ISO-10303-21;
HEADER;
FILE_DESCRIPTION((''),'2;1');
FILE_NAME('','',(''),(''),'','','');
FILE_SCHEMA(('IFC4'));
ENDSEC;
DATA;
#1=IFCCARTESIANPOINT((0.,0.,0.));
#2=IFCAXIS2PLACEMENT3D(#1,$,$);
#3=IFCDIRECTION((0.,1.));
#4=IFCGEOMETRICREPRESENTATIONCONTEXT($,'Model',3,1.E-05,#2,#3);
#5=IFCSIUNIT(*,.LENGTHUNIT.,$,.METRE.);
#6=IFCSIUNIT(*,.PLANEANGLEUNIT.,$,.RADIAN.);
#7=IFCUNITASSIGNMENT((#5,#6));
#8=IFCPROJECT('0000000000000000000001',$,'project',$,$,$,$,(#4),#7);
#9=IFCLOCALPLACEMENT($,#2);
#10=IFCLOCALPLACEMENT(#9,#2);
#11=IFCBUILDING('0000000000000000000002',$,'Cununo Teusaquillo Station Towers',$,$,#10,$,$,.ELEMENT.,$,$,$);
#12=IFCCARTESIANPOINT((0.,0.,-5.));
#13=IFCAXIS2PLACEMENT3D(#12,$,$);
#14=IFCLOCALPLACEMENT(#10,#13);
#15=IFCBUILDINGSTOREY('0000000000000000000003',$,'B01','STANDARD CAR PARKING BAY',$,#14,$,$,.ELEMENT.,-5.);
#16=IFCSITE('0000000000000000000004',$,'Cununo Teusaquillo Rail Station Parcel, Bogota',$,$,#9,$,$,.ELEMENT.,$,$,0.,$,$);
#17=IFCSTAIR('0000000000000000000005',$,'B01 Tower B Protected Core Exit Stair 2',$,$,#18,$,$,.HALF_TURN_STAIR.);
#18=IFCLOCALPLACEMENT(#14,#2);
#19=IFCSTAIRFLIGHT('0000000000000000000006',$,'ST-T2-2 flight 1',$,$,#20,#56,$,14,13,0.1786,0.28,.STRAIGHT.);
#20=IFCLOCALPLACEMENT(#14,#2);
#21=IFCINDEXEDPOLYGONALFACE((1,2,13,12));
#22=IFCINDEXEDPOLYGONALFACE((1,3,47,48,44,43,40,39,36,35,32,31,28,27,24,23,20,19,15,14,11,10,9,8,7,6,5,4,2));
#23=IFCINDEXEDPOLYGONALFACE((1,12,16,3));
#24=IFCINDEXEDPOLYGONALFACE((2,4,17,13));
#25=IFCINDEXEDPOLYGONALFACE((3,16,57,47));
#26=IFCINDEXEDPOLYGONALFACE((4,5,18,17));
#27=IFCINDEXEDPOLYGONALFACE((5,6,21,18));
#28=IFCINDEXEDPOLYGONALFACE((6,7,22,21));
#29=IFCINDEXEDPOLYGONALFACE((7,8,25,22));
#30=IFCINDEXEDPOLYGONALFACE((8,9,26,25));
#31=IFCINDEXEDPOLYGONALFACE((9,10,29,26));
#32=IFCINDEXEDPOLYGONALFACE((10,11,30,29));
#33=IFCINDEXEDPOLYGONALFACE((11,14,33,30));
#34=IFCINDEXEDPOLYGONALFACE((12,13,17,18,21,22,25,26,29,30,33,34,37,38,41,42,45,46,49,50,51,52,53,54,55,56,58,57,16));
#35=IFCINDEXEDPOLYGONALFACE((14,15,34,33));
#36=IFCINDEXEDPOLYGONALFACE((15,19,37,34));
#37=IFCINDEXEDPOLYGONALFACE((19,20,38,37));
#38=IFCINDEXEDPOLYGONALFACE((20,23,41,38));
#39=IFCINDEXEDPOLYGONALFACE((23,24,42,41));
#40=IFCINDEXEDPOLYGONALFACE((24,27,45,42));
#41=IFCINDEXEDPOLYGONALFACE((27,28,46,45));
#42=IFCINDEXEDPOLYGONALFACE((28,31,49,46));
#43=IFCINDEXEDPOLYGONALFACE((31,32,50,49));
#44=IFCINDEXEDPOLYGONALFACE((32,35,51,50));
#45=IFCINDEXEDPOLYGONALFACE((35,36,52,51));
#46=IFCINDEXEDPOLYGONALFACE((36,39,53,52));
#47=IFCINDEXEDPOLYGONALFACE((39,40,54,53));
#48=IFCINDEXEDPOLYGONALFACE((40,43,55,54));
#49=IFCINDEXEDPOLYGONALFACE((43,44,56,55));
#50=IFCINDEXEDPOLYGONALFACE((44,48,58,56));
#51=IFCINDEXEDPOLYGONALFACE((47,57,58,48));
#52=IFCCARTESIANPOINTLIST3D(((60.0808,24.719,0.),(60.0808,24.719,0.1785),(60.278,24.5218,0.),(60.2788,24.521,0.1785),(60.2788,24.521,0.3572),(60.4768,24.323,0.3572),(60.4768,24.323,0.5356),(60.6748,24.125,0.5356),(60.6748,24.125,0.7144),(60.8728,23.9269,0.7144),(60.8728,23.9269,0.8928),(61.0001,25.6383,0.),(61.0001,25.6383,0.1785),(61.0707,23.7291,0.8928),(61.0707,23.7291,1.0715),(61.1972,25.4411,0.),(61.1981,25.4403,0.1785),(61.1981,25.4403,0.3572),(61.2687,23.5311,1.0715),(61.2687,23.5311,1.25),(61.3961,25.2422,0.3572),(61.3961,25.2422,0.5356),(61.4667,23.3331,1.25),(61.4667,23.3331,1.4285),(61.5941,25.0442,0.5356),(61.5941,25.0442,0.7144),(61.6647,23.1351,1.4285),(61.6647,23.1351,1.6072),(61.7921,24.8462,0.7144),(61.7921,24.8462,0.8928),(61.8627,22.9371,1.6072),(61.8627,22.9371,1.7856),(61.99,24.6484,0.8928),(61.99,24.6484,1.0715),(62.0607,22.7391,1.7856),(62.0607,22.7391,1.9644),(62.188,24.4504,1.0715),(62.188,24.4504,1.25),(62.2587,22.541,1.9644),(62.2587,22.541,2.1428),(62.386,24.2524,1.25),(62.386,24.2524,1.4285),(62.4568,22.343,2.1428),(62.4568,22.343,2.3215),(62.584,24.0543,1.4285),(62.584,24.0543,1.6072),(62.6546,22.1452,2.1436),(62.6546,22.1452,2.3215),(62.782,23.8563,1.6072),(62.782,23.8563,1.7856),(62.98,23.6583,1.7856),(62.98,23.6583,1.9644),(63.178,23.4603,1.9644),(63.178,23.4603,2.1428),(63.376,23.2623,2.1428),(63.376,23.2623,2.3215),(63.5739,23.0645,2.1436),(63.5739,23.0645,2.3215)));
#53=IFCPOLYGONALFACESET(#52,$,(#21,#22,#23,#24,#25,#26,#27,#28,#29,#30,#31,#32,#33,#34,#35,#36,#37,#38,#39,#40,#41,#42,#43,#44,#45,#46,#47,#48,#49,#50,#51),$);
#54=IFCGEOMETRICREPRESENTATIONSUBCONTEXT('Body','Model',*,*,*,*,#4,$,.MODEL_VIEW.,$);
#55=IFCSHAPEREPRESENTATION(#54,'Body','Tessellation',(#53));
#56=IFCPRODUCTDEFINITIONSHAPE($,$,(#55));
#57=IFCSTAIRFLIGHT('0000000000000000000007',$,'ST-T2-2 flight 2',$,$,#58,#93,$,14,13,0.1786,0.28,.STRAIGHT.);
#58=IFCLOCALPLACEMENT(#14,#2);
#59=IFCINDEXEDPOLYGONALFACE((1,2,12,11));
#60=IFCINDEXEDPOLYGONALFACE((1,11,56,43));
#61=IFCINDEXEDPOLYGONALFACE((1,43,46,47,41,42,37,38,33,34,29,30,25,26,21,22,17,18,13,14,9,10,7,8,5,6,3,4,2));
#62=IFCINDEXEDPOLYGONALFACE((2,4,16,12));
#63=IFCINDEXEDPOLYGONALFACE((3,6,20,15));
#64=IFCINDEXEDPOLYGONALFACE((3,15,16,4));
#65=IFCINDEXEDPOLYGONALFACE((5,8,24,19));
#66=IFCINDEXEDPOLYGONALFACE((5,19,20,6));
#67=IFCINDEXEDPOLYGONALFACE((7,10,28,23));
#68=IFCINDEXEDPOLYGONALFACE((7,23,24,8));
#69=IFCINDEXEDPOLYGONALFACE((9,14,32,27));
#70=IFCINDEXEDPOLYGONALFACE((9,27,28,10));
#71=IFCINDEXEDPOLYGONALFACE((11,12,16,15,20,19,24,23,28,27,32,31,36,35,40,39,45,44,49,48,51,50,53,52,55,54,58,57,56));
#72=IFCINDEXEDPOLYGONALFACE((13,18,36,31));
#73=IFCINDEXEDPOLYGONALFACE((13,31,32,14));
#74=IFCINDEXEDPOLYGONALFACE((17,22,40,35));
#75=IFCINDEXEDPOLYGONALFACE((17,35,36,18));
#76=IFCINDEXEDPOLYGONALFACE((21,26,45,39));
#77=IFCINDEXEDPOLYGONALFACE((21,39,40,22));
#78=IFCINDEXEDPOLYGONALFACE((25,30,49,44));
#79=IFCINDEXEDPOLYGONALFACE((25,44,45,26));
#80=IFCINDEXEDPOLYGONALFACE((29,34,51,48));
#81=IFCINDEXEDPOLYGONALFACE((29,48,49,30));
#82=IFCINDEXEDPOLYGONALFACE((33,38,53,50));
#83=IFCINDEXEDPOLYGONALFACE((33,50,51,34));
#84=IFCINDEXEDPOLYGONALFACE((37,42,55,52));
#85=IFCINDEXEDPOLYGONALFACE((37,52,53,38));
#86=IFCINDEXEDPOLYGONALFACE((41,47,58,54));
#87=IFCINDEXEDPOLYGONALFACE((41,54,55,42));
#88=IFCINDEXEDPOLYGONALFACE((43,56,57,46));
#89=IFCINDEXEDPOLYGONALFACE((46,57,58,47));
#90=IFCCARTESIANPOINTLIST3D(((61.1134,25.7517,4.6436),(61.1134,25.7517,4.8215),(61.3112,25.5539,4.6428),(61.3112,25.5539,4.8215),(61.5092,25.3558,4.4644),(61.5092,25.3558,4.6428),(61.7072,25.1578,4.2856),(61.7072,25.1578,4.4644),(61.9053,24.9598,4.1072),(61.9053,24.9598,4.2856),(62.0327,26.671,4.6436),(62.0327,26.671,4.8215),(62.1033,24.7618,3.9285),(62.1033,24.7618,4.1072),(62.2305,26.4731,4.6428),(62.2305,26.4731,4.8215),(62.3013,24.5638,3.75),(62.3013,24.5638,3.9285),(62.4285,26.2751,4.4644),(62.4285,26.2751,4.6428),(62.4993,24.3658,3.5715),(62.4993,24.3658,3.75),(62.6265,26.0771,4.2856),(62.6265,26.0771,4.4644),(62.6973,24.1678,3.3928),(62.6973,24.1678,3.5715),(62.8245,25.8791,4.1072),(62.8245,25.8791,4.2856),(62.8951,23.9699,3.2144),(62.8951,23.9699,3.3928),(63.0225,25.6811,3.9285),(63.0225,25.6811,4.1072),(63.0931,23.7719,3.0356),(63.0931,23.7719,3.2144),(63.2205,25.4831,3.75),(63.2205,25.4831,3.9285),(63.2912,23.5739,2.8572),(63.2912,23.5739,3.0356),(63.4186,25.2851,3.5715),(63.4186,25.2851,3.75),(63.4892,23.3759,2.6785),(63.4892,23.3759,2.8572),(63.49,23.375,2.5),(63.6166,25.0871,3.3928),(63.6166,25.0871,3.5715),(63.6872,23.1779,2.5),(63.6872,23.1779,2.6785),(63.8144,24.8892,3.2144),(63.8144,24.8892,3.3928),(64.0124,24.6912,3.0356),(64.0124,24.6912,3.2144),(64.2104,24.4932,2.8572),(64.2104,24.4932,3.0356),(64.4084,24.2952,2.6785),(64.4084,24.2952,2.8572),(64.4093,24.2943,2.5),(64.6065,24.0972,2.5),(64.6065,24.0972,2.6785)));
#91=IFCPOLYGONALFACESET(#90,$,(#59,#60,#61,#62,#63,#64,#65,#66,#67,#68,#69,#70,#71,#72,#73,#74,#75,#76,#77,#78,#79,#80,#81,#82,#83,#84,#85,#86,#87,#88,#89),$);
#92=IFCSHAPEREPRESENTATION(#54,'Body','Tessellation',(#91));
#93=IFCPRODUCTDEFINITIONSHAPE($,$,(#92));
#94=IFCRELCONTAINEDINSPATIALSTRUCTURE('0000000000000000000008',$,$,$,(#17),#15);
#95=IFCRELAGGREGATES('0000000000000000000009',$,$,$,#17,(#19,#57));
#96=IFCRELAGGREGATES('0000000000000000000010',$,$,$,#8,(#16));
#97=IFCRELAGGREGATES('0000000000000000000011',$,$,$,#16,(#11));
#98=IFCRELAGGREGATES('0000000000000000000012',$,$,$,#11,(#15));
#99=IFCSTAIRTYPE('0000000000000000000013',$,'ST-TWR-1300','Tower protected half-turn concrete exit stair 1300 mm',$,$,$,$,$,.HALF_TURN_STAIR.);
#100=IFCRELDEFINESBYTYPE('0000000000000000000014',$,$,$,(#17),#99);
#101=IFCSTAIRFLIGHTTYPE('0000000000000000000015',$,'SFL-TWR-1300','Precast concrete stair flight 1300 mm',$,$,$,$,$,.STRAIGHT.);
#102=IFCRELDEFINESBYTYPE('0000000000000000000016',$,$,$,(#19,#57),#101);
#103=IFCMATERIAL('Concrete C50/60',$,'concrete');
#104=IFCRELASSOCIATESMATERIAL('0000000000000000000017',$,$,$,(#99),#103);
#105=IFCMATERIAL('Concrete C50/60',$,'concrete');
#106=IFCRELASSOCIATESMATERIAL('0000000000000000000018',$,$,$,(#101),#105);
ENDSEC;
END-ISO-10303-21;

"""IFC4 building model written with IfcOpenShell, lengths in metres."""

from ifc_helpers import new_model, si_unit, direction, frame, origin, place, context, subcontext, project, spatial, polyline, outline, extrude, material, type_object, element, aggregate, save


model = new_model("IFC4")

# Units and contexts
model_context = context("Model", 3, precision=1e-05, world=origin(), true_north=direction((0.0, 1.0)))
body_context = subcontext(model_context, "Body", "Model", "MODEL_VIEW")
ifc_project = project(units=[si_unit("LENGTHUNIT", "METRE"), si_unit("PLANEANGLEUNIT", "RADIAN")], contexts=[model_context])

# Site, building, storey
site_placement = place(None, origin())
site = spatial("IfcSite", under=ifc_project, at=site_placement, Name="Cununo Teusaquillo Rail Station Parcel, Bogota", CompositionType="ELEMENT", RefElevation=0.0)
building_placement = place(site_placement, origin())
building = spatial("IfcBuilding", under=site, at=building_placement, Name="Cununo Teusaquillo Station Towers", CompositionType="ELEMENT")
storey_placement = place(building_placement, frame((0.0, 0.0, -5.0)))
storey = spatial("IfcBuildingStorey", under=building, at=storey_placement, Name="B01", Description="STANDARD CAR PARKING BAY", CompositionType="ELEMENT", Elevation=-5.0)

# Stair, stair flights
ifc_material_1 = material(Name="Concrete C50/60", Category="concrete")
stair_type = type_object("IfcStairType", Name="ST-TWR-1300", Description="Tower protected half-turn concrete exit stair 1300 mm", PredefinedType="HALF_TURN_STAIR", material=ifc_material_1)
stair_placement = place(storey_placement, origin())
stair = element("IfcStair", 1, at=stair_placement, inside=storey, type_object=stair_type, Name="B01 Tower B Protected Core Exit Stair 2", PredefinedType="HALF_TURN_STAIR")
ifc_material_2 = material(Name="Concrete C50/60", Category="concrete")
stair_flight_type = type_object("IfcStairFlightType", Name="SFL-TWR-1300", Description="Precast concrete stair flight 1300 mm", PredefinedType="STRAIGHT", material=ifc_material_2)
stair_flight_1_placement = place(storey_placement, frame((60.5405, 25.1787, 0.0), z_axis=(0.0, 0.0, 1.0), x_axis=(0.707107, -0.707107, 0.0)))
stair_flight_1 = element("IfcStairFlight", 2, at=stair_flight_1_placement, type_object=stair_flight_type, Name="ST-T2-2 flight 1", NumberOfRisers=14, NumberOfTreads=13, PredefinedType="STRAIGHT", RiserHeight=0.1786, TreadLength=0.28, context=body_context, shape_type="SweptSolid", body=[
    extrude(outline(polyline([(0.0, 0.0), (0.0, 0.1785), (0.28, 0.1785), (0.28, 0.3572), (0.5601, 0.3572), (0.5601, 0.5356), (0.8401, 0.5356), (0.8401, 0.7144), (1.1201, 0.7144), (1.1201, 0.8928), (1.3999, 0.8928), (1.3999, 1.0715), (1.6799, 1.0715), (1.6799, 1.25), (1.96, 1.25), (1.96, 1.4285), (2.24, 1.4285), (2.24, 1.6072), (2.52, 1.6072), (2.52, 1.7856), (2.8, 1.7856), (2.8, 1.9644), (3.0801, 1.9644), (3.0801, 2.1428), (3.3601, 2.1428), (3.3601, 2.3215), (3.6399, 2.3215), (3.6399, 2.5), (3.6399, 2.1436), (0.2788, 0.0), (0.0, 0.0)])), frame((0.0, 0.6499, 0.0), z_axis=(0.0, -1.0, 0.0), x_axis=(1.0, 0.0, 0.0)), (0.0, 0.0, 1.0), 1.3),
])
stair_flight_2_placement = place(storey_placement, frame((64.1467, 23.6375, 2.5), z_axis=(0.0, 0.0, 1.0), x_axis=(-0.707107, 0.707107, 0.0)))
stair_flight_2 = element("IfcStairFlight", 3, at=stair_flight_2_placement, type_object=stair_flight_type, Name="ST-T2-2 flight 2", NumberOfRisers=14, NumberOfTreads=13, PredefinedType="STRAIGHT", RiserHeight=0.1786, TreadLength=0.28, context=body_context, shape_type="SweptSolid", body=[
    extrude(outline(polyline([(0.0, 0.0), (0.0, 0.1785), (0.28, 0.1785), (0.28, 0.3572), (0.5601, 0.3572), (0.5601, 0.5356), (0.8401, 0.5356), (0.8401, 0.7144), (1.1201, 0.7144), (1.1201, 0.8928), (1.3999, 0.8928), (1.3999, 1.0715), (1.6799, 1.0715), (1.6799, 1.25), (1.96, 1.25), (1.96, 1.4285), (2.24, 1.4285), (2.24, 1.6072), (2.52, 1.6072), (2.52, 1.7856), (2.8, 1.7856), (2.8, 1.9644), (3.0801, 1.9644), (3.0801, 2.1428), (3.3601, 2.1428), (3.3601, 2.3215), (3.6399, 2.3215), (3.6399, 2.5), (3.6399, 2.1436), (0.2788, 0.0), (0.0, 0.0)])), frame((0.0, 0.6499, 0.0), z_axis=(0.0, -1.0, 0.0), x_axis=(1.0, 0.0, 0.0)), (0.0, 0.0, 1.0), 1.3),
])
aggregate(stair, [stair_flight_1, stair_flight_2])

save(model, "model.ifc")
